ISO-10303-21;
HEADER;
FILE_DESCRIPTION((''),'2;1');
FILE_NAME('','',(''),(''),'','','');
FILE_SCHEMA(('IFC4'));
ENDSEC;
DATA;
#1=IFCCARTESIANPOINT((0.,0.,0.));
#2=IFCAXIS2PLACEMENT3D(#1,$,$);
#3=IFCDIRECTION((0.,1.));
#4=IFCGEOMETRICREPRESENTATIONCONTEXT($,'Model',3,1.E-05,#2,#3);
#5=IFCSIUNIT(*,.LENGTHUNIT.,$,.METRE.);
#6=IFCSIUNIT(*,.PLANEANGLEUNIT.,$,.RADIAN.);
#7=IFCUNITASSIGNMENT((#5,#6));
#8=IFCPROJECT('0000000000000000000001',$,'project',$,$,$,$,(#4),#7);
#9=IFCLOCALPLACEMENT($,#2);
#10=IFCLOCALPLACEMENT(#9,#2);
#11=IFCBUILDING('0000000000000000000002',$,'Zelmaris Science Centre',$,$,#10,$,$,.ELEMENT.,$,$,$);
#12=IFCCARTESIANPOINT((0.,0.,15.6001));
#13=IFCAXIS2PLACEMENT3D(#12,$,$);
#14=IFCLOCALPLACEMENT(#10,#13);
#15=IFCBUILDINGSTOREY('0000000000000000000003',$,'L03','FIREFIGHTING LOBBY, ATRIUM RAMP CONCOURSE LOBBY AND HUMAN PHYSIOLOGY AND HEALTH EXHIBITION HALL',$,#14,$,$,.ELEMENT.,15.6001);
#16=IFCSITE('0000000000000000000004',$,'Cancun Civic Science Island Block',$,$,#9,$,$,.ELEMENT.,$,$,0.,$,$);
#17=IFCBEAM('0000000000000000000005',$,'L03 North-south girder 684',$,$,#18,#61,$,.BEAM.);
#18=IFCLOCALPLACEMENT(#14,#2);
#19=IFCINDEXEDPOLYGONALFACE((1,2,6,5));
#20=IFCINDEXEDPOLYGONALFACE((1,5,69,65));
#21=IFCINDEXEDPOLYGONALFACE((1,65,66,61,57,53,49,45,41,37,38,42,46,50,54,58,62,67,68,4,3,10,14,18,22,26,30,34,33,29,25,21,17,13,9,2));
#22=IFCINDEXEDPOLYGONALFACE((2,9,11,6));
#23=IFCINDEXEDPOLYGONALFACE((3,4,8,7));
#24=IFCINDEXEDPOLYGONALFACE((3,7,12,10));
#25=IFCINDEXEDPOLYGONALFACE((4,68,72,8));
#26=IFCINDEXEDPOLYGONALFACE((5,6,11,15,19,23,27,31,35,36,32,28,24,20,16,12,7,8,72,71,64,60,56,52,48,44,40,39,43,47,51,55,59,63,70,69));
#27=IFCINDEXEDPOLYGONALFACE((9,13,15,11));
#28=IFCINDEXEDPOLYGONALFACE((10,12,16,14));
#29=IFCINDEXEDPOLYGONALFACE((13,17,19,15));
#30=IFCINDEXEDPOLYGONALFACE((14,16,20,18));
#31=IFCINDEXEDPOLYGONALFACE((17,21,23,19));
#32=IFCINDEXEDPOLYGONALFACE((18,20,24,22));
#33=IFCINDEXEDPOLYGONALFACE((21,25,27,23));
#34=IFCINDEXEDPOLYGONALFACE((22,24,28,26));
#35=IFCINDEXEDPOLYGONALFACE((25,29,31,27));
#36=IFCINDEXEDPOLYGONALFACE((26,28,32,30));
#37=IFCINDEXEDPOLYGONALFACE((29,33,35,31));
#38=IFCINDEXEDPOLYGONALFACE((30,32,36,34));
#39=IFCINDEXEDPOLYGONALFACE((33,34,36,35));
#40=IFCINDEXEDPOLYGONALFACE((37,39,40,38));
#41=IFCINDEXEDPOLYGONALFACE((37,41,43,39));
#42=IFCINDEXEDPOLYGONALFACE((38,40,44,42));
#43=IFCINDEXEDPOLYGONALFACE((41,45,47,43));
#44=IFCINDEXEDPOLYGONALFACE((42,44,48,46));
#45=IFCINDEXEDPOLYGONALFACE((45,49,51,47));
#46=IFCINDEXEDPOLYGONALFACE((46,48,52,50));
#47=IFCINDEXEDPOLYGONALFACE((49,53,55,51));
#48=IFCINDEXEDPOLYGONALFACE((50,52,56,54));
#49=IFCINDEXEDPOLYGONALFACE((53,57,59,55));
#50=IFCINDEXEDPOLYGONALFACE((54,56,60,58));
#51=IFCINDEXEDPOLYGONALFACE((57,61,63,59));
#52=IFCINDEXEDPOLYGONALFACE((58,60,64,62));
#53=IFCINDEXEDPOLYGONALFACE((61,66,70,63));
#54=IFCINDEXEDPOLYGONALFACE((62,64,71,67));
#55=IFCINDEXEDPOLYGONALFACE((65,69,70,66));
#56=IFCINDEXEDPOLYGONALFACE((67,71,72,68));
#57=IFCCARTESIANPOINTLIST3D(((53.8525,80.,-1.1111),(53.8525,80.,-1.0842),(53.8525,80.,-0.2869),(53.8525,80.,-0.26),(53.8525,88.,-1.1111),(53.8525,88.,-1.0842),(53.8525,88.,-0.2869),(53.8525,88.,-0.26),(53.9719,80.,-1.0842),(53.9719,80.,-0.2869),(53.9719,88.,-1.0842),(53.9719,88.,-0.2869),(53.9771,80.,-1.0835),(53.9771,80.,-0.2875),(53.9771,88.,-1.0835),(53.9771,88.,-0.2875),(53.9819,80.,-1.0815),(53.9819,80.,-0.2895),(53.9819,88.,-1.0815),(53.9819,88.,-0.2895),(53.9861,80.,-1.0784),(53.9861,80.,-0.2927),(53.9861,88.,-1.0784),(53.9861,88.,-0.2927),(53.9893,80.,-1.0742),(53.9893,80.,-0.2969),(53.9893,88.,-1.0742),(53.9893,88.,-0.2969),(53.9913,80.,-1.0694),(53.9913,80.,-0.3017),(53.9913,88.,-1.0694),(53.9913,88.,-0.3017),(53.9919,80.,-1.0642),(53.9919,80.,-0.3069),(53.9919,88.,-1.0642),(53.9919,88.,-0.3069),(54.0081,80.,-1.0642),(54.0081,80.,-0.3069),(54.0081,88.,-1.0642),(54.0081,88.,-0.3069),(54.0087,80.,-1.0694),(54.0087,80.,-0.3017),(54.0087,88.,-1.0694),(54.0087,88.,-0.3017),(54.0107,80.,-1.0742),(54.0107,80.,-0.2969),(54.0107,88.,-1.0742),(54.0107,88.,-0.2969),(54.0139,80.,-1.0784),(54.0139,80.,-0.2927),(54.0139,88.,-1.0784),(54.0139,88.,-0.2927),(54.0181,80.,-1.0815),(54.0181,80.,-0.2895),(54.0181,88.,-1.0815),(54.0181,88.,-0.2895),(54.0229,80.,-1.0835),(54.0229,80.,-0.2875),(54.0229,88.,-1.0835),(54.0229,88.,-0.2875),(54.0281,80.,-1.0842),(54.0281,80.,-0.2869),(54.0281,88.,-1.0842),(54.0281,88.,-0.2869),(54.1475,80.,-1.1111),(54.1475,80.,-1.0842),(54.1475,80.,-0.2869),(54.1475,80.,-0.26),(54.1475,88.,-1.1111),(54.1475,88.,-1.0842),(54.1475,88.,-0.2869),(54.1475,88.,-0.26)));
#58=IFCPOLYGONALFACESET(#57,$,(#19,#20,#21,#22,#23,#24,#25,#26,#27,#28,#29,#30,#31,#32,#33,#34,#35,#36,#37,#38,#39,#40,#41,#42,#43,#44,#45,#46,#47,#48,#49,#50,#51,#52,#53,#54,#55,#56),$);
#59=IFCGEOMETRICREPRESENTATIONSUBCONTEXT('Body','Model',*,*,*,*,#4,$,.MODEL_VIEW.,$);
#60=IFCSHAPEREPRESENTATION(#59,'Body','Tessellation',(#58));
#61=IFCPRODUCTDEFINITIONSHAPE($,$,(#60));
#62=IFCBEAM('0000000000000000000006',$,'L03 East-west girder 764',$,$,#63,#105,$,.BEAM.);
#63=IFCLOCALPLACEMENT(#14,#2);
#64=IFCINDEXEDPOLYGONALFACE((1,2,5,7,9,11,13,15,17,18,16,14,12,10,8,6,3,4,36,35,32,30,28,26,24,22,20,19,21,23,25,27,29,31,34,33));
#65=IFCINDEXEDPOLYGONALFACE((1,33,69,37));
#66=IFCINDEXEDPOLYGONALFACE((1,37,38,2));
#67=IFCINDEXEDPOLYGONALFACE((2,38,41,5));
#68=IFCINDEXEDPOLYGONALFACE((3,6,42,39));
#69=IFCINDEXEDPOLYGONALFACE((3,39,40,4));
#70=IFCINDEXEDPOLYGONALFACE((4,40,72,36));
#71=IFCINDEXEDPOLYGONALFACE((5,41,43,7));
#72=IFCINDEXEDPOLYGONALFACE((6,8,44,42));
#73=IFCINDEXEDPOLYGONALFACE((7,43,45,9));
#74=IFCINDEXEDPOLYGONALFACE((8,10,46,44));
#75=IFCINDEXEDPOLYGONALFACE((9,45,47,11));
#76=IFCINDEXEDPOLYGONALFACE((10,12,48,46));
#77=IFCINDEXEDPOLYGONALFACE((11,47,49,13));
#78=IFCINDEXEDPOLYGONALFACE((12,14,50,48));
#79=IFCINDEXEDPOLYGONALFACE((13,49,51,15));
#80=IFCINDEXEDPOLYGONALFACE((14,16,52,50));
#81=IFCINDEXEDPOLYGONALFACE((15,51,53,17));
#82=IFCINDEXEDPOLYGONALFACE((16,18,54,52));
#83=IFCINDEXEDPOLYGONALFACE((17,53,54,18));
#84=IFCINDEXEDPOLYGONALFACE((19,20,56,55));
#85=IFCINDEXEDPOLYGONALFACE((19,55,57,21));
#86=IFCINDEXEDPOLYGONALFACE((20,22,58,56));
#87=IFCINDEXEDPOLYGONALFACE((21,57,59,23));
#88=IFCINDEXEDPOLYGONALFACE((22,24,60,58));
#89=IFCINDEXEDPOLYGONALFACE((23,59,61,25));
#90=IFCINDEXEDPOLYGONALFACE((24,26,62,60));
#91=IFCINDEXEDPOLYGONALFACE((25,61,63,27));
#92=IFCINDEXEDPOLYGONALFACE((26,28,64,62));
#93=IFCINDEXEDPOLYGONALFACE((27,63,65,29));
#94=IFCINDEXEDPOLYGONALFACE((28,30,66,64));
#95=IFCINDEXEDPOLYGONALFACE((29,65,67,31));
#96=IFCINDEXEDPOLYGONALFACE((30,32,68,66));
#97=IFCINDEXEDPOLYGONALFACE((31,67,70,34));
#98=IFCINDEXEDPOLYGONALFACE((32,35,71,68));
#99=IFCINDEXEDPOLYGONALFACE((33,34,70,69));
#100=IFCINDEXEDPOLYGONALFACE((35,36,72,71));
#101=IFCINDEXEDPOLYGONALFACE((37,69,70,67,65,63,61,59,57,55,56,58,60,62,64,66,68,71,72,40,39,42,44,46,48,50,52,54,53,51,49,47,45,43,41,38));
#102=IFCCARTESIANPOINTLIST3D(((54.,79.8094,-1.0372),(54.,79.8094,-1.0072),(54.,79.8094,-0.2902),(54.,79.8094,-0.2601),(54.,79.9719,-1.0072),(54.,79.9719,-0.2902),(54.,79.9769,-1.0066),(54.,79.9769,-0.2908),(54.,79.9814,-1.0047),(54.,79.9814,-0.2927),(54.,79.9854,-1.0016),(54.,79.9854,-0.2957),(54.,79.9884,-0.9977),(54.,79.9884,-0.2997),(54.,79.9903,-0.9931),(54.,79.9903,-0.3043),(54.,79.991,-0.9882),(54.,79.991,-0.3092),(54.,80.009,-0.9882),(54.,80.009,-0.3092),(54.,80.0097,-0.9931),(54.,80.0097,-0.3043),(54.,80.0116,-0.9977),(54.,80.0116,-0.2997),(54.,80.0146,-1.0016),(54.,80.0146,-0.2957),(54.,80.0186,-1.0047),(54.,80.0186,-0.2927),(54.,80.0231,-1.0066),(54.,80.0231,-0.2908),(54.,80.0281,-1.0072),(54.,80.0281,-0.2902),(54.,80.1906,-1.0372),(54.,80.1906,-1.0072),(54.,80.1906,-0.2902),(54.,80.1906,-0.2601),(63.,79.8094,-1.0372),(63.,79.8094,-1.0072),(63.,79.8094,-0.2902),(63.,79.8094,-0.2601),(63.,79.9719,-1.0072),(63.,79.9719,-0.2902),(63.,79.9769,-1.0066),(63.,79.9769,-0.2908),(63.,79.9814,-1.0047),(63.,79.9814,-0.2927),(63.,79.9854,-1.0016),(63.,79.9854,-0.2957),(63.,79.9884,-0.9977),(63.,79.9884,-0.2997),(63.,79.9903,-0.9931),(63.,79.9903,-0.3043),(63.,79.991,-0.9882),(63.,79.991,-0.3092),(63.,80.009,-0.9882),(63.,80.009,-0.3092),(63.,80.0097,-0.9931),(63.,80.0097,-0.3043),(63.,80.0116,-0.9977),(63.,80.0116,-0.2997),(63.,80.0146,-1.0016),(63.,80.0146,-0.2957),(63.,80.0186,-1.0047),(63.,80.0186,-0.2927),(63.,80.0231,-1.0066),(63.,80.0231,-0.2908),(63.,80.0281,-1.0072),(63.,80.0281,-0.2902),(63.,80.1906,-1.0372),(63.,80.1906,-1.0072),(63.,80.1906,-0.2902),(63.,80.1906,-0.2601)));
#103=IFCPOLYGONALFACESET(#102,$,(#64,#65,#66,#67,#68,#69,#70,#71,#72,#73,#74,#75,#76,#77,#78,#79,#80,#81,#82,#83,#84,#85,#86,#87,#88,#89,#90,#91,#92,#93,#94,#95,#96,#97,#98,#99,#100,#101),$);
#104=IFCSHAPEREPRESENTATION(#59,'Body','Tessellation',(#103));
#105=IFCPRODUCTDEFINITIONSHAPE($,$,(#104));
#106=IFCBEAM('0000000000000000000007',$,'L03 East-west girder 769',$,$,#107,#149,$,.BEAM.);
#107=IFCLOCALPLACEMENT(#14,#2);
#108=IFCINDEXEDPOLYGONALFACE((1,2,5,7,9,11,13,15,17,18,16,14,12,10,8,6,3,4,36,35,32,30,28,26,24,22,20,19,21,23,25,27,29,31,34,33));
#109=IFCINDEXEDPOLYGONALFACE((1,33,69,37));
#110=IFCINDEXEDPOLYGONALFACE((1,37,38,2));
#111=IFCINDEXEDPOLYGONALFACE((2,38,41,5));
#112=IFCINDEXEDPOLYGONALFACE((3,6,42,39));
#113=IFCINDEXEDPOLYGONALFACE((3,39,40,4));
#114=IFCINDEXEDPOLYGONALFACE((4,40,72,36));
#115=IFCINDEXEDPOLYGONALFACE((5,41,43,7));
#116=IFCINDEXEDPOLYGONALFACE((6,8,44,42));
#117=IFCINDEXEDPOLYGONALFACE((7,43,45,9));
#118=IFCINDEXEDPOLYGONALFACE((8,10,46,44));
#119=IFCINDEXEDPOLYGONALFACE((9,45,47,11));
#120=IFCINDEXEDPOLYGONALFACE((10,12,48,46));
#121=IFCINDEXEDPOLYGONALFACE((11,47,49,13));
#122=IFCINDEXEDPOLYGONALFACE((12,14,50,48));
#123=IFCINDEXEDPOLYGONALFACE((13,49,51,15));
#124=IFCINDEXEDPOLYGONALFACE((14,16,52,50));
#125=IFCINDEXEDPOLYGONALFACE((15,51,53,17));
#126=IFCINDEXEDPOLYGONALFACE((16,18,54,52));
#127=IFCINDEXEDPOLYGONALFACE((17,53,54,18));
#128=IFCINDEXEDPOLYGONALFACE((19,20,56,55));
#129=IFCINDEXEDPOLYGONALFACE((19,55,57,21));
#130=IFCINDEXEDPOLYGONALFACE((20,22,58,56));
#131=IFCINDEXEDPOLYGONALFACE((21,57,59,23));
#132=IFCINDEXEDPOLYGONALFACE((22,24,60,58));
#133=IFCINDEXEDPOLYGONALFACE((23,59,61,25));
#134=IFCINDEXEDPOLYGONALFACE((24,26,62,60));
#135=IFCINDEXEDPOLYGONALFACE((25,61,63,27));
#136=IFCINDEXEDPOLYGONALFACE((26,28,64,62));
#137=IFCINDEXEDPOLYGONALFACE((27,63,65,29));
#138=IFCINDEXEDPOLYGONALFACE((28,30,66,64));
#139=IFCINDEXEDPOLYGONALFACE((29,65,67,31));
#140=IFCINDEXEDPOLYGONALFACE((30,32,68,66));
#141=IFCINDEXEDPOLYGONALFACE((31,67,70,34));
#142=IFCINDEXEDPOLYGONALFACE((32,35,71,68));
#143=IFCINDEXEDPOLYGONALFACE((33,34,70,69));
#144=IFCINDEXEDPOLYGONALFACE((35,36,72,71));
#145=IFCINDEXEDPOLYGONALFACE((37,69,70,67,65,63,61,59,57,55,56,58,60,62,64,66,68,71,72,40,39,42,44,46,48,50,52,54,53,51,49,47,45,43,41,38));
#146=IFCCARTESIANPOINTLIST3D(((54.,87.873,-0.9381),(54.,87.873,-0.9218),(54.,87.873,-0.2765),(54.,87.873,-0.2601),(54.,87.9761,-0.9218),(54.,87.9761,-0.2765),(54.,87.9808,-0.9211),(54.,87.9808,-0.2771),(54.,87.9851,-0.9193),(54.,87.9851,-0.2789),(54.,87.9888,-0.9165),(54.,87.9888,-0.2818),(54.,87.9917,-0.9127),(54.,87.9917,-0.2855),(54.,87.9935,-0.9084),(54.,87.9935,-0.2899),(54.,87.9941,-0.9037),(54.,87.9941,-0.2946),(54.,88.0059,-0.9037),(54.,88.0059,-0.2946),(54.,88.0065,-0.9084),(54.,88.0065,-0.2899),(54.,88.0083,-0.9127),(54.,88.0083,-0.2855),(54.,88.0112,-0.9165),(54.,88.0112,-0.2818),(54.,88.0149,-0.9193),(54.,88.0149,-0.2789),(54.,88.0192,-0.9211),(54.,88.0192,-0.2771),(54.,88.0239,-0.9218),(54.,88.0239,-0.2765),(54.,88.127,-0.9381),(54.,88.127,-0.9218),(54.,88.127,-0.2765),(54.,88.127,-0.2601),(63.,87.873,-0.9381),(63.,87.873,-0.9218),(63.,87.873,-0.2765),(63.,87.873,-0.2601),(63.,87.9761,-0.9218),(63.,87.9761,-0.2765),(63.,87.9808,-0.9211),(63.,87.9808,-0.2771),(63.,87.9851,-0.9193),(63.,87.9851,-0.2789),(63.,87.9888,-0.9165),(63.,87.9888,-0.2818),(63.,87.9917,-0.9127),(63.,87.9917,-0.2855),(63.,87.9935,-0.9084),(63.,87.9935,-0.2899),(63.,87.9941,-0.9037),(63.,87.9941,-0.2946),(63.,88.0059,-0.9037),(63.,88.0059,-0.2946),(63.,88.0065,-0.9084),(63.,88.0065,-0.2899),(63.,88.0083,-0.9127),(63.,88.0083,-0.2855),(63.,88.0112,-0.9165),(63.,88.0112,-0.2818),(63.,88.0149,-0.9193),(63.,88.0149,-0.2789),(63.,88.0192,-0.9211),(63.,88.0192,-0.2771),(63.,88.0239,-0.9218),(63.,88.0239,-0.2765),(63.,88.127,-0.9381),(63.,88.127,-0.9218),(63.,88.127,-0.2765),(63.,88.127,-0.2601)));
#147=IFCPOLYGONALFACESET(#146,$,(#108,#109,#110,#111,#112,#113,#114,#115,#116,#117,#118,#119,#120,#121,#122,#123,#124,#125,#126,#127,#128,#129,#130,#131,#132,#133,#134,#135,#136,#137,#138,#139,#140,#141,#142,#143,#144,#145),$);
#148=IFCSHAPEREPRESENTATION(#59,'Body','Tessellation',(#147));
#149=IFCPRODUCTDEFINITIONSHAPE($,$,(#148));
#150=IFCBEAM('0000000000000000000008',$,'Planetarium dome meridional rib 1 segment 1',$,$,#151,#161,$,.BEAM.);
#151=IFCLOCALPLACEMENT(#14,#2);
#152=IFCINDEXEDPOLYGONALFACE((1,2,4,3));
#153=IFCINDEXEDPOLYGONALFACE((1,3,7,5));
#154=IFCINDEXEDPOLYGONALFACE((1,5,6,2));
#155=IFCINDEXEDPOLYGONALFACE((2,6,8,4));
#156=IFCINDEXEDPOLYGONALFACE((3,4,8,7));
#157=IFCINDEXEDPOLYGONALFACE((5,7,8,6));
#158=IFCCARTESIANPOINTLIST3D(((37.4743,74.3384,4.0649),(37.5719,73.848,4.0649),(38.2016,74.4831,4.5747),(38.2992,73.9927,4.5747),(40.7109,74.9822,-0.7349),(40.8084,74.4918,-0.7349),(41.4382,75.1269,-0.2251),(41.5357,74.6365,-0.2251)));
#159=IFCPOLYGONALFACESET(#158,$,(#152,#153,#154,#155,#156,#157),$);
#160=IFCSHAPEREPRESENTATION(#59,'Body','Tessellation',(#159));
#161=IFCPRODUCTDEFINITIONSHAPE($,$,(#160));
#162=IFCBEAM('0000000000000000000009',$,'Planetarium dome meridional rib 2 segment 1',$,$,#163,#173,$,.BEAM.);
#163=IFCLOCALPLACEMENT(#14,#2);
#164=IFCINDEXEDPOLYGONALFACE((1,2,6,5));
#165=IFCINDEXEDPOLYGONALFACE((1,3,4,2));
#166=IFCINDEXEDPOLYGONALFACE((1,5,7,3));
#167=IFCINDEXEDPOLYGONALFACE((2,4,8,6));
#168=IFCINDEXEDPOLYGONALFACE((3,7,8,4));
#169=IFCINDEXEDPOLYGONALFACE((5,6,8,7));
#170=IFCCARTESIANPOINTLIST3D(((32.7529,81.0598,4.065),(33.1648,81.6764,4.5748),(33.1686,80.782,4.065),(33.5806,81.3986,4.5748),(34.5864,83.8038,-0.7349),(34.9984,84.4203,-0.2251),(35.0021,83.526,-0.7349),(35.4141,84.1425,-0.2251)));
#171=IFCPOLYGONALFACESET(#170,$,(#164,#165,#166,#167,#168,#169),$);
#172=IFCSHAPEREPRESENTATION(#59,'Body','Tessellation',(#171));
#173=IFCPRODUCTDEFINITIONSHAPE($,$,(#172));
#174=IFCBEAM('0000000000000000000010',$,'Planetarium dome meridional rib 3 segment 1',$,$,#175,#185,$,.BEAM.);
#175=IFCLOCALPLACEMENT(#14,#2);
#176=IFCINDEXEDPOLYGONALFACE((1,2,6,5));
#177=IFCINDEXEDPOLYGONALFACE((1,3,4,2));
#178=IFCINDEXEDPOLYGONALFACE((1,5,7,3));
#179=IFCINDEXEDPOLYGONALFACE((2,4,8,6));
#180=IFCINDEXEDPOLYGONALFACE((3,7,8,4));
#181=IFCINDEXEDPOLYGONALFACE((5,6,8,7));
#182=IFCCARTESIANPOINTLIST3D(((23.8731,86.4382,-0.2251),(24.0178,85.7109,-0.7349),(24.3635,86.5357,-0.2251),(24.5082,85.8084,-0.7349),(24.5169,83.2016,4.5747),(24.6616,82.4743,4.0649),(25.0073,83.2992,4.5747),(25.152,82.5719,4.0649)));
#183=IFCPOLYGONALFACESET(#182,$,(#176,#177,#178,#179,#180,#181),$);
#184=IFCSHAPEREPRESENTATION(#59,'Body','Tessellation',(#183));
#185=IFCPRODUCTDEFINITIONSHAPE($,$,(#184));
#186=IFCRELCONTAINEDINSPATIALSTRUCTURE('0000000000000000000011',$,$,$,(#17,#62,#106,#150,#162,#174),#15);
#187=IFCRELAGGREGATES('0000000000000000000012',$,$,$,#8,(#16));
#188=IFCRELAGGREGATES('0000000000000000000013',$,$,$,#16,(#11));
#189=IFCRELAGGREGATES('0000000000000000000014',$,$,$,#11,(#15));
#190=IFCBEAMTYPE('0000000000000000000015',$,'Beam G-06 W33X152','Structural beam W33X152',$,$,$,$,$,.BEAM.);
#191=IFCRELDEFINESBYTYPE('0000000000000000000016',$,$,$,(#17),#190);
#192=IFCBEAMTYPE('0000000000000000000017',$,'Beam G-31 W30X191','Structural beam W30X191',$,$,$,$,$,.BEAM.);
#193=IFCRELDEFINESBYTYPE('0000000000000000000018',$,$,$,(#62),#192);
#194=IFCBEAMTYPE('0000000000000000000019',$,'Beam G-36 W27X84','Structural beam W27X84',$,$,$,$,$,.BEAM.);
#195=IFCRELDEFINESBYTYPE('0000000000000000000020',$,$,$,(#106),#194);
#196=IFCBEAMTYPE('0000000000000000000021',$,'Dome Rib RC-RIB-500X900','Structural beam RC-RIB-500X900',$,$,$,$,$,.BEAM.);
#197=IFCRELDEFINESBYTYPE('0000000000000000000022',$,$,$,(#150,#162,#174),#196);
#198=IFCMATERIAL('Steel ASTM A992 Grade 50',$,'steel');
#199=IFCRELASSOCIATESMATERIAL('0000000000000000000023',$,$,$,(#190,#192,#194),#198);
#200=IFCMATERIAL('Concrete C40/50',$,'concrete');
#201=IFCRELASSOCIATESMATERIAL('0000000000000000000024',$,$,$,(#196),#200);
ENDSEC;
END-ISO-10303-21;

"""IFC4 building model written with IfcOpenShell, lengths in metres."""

from ifc_helpers import new_model, si_unit, direction, frame, origin, origin_2d, place, context, subcontext, project, spatial, rectangle, i_section, extrude, material, material_profile, profile_set, type_object, element, save


model = new_model("IFC4")

# Units and contexts
model_context = context("Model", 3, precision=1e-05, world=origin(), true_north=direction((0.0, 1.0)))
body_context = subcontext(model_context, "Body", "Model", "MODEL_VIEW")
ifc_project = project(units=[si_unit("LENGTHUNIT", "METRE"), si_unit("PLANEANGLEUNIT", "RADIAN")], contexts=[model_context])

# Site, building, storey
site_placement = place(None, origin())
site = spatial("IfcSite", under=ifc_project, at=site_placement, Name="Cancun Civic Science Island Block", CompositionType="ELEMENT", RefElevation=0.0)
building_placement = place(site_placement, origin())
building = spatial("IfcBuilding", under=site, at=building_placement, Name="Zelmaris Science Centre", CompositionType="ELEMENT")
storey_placement = place(building_placement, frame((0.0, 0.0, 15.6001)))
storey = spatial("IfcBuildingStorey", under=building, at=storey_placement, Name="L03", Description="FIREFIGHTING LOBBY, ATRIUM RAMP CONCOURSE LOBBY AND HUMAN PHYSIOLOGY AND HEALTH EXHIBITION HALL", CompositionType="ELEMENT", Elevation=15.6001)

# Shared definitions
ifc_material_1 = material(Name="Steel ASTM A992 Grade 50", Category="steel")

# Beams
ifc_material_profile_1 = material_profile(ifc_material_1, i_section(OverallWidth=0.2949, OverallDepth=0.8511, WebThickness=0.0161, FlangeThickness=0.0269, FilletRadius=0.02, at=origin_2d()), Name="W33X152")
ifc_profile_set_1 = profile_set([ifc_material_profile_1], Name="Steel ASTM A992 Grade 50")
beam_type_1 = type_object("IfcBeamType", Name="Beam G-06 W33X152", Description="Structural beam W33X152", PredefinedType="BEAM", material=ifc_profile_set_1)
beam_1_placement = place(storey_placement, frame((54.0, 80.0, -0.6855), z_axis=(0.0, 1.0, 0.0), x_axis=(-1.0, 0.0, 0.0)))
element("IfcBeam", 1, at=beam_1_placement, inside=storey, type_object=beam_type_1, Name="L03 North-south girder 684", PredefinedType="BEAM", context=body_context, shape_type="SweptSolid", body=[
    extrude(i_section(OverallWidth=0.2949, OverallDepth=0.8511, WebThickness=0.0161, FlangeThickness=0.0269, FilletRadius=0.02, at=origin_2d()), origin(), (0.0, 0.0, 1.0), 8.0),
])
ifc_material_profile_2 = material_profile(ifc_material_1, i_section(OverallWidth=0.3811, OverallDepth=0.7771, WebThickness=0.0181, FlangeThickness=0.03, FilletRadius=0.019, at=origin_2d()), Name="W30X191")
ifc_profile_set_2 = profile_set([ifc_material_profile_2], Name="Steel ASTM A992 Grade 50")
beam_type_2 = type_object("IfcBeamType", Name="Beam G-31 W30X191", Description="Structural beam W30X191", PredefinedType="BEAM", material=ifc_profile_set_2)
beam_2_placement = place(storey_placement, frame((54.0, 80.0, -0.6487), z_axis=(1.0, 0.0, 0.0), x_axis=(0.0, 1.0, 0.0)))
element("IfcBeam", 2, at=beam_2_placement, inside=storey, type_object=beam_type_2, Name="L03 East-west girder 764", PredefinedType="BEAM", context=body_context, shape_type="SweptSolid", body=[
    extrude(i_section(OverallWidth=0.3811, OverallDepth=0.7771, WebThickness=0.0181, FlangeThickness=0.03, FilletRadius=0.019, at=origin_2d()), origin(), (0.0, 0.0, 1.0), 9.0),
])
ifc_material_profile_3 = material_profile(ifc_material_1, i_section(OverallWidth=0.2539, OverallDepth=0.678, WebThickness=0.0117, FlangeThickness=0.0164, FilletRadius=0.0181, at=origin_2d()), Name="W27X84")
ifc_profile_set_3 = profile_set([ifc_material_profile_3], Name="Steel ASTM A992 Grade 50")
beam_type_3 = type_object("IfcBeamType", Name="Beam G-36 W27X84", Description="Structural beam W27X84", PredefinedType="BEAM", material=ifc_profile_set_3)
beam_3_placement = place(storey_placement, frame((54.0, 88.0, -0.5991), z_axis=(1.0, 0.0, 0.0), x_axis=(0.0, 1.0, 0.0)))
element("IfcBeam", 3, at=beam_3_placement, inside=storey, type_object=beam_type_3, Name="L03 East-west girder 769", PredefinedType="BEAM", context=body_context, shape_type="SweptSolid", body=[
    extrude(i_section(OverallWidth=0.2539, OverallDepth=0.678, WebThickness=0.0117, FlangeThickness=0.0164, FilletRadius=0.0181, at=origin_2d()), origin(), (0.0, 0.0, 1.0), 9.0),
])
ifc_material_2 = material(Name="Concrete C40/50", Category="concrete")
ifc_material_profile_4 = material_profile(ifc_material_2, rectangle(XDim=0.5, YDim=0.8999, at=origin_2d()), Name="RC-RIB-500X900")
ifc_profile_set_4 = profile_set([ifc_material_profile_4], Name="Concrete C40/50")
beam_type_4 = type_object("IfcBeamType", Name="Dome Rib RC-RIB-500X900", Description="Structural beam RC-RIB-500X900", PredefinedType="BEAM", material=ifc_profile_set_4)
beam_4_placement = place(storey_placement, frame((41.1233, 74.8093, -0.48), z_axis=(-0.555656, -0.110528, 0.824033), x_axis=(0.195092, -0.980785, 0.0)))
element("IfcBeam", 4, at=beam_4_placement, inside=storey, type_object=beam_type_4, Name="Planetarium dome meridional rib 1 segment 1", PredefinedType="BEAM", context=body_context, shape_type="SweptSolid", body=[
    extrude(rectangle(XDim=0.5, YDim=0.8999, at=origin_2d()), origin(), (0.0, 0.0, 1.0), 5.8247),
])
beam_5_placement = place(storey_placement, frame((35.0002, 83.9731, -0.48), z_axis=(-0.314772, -0.471068, 0.824023), x_axis=(0.831458, -0.555588, 0.0)))
element("IfcBeam", 5, at=beam_5_placement, inside=storey, type_object=beam_type_4, Name="Planetarium dome meridional rib 2 segment 1", PredefinedType="BEAM", context=body_context, shape_type="SweptSolid", body=[
    extrude(rectangle(XDim=0.5, YDim=0.8999, at=origin_2d()), origin(), (0.0, 0.0, 1.0), 5.825),
])
beam_6_placement = place(storey_placement, frame((24.1907, 86.1233, -0.48), z_axis=(0.110528, -0.555656, 0.824033), x_axis=(0.980785, 0.195092, 0.0)))
element("IfcBeam", 6, at=beam_6_placement, inside=storey, type_object=beam_type_4, Name="Planetarium dome meridional rib 3 segment 1", PredefinedType="BEAM", context=body_context, shape_type="SweptSolid", body=[
    extrude(rectangle(XDim=0.5, YDim=0.8999, at=origin_2d()), origin(), (0.0, 0.0, 1.0), 5.8247),
])

save(model, "model.ifc")
